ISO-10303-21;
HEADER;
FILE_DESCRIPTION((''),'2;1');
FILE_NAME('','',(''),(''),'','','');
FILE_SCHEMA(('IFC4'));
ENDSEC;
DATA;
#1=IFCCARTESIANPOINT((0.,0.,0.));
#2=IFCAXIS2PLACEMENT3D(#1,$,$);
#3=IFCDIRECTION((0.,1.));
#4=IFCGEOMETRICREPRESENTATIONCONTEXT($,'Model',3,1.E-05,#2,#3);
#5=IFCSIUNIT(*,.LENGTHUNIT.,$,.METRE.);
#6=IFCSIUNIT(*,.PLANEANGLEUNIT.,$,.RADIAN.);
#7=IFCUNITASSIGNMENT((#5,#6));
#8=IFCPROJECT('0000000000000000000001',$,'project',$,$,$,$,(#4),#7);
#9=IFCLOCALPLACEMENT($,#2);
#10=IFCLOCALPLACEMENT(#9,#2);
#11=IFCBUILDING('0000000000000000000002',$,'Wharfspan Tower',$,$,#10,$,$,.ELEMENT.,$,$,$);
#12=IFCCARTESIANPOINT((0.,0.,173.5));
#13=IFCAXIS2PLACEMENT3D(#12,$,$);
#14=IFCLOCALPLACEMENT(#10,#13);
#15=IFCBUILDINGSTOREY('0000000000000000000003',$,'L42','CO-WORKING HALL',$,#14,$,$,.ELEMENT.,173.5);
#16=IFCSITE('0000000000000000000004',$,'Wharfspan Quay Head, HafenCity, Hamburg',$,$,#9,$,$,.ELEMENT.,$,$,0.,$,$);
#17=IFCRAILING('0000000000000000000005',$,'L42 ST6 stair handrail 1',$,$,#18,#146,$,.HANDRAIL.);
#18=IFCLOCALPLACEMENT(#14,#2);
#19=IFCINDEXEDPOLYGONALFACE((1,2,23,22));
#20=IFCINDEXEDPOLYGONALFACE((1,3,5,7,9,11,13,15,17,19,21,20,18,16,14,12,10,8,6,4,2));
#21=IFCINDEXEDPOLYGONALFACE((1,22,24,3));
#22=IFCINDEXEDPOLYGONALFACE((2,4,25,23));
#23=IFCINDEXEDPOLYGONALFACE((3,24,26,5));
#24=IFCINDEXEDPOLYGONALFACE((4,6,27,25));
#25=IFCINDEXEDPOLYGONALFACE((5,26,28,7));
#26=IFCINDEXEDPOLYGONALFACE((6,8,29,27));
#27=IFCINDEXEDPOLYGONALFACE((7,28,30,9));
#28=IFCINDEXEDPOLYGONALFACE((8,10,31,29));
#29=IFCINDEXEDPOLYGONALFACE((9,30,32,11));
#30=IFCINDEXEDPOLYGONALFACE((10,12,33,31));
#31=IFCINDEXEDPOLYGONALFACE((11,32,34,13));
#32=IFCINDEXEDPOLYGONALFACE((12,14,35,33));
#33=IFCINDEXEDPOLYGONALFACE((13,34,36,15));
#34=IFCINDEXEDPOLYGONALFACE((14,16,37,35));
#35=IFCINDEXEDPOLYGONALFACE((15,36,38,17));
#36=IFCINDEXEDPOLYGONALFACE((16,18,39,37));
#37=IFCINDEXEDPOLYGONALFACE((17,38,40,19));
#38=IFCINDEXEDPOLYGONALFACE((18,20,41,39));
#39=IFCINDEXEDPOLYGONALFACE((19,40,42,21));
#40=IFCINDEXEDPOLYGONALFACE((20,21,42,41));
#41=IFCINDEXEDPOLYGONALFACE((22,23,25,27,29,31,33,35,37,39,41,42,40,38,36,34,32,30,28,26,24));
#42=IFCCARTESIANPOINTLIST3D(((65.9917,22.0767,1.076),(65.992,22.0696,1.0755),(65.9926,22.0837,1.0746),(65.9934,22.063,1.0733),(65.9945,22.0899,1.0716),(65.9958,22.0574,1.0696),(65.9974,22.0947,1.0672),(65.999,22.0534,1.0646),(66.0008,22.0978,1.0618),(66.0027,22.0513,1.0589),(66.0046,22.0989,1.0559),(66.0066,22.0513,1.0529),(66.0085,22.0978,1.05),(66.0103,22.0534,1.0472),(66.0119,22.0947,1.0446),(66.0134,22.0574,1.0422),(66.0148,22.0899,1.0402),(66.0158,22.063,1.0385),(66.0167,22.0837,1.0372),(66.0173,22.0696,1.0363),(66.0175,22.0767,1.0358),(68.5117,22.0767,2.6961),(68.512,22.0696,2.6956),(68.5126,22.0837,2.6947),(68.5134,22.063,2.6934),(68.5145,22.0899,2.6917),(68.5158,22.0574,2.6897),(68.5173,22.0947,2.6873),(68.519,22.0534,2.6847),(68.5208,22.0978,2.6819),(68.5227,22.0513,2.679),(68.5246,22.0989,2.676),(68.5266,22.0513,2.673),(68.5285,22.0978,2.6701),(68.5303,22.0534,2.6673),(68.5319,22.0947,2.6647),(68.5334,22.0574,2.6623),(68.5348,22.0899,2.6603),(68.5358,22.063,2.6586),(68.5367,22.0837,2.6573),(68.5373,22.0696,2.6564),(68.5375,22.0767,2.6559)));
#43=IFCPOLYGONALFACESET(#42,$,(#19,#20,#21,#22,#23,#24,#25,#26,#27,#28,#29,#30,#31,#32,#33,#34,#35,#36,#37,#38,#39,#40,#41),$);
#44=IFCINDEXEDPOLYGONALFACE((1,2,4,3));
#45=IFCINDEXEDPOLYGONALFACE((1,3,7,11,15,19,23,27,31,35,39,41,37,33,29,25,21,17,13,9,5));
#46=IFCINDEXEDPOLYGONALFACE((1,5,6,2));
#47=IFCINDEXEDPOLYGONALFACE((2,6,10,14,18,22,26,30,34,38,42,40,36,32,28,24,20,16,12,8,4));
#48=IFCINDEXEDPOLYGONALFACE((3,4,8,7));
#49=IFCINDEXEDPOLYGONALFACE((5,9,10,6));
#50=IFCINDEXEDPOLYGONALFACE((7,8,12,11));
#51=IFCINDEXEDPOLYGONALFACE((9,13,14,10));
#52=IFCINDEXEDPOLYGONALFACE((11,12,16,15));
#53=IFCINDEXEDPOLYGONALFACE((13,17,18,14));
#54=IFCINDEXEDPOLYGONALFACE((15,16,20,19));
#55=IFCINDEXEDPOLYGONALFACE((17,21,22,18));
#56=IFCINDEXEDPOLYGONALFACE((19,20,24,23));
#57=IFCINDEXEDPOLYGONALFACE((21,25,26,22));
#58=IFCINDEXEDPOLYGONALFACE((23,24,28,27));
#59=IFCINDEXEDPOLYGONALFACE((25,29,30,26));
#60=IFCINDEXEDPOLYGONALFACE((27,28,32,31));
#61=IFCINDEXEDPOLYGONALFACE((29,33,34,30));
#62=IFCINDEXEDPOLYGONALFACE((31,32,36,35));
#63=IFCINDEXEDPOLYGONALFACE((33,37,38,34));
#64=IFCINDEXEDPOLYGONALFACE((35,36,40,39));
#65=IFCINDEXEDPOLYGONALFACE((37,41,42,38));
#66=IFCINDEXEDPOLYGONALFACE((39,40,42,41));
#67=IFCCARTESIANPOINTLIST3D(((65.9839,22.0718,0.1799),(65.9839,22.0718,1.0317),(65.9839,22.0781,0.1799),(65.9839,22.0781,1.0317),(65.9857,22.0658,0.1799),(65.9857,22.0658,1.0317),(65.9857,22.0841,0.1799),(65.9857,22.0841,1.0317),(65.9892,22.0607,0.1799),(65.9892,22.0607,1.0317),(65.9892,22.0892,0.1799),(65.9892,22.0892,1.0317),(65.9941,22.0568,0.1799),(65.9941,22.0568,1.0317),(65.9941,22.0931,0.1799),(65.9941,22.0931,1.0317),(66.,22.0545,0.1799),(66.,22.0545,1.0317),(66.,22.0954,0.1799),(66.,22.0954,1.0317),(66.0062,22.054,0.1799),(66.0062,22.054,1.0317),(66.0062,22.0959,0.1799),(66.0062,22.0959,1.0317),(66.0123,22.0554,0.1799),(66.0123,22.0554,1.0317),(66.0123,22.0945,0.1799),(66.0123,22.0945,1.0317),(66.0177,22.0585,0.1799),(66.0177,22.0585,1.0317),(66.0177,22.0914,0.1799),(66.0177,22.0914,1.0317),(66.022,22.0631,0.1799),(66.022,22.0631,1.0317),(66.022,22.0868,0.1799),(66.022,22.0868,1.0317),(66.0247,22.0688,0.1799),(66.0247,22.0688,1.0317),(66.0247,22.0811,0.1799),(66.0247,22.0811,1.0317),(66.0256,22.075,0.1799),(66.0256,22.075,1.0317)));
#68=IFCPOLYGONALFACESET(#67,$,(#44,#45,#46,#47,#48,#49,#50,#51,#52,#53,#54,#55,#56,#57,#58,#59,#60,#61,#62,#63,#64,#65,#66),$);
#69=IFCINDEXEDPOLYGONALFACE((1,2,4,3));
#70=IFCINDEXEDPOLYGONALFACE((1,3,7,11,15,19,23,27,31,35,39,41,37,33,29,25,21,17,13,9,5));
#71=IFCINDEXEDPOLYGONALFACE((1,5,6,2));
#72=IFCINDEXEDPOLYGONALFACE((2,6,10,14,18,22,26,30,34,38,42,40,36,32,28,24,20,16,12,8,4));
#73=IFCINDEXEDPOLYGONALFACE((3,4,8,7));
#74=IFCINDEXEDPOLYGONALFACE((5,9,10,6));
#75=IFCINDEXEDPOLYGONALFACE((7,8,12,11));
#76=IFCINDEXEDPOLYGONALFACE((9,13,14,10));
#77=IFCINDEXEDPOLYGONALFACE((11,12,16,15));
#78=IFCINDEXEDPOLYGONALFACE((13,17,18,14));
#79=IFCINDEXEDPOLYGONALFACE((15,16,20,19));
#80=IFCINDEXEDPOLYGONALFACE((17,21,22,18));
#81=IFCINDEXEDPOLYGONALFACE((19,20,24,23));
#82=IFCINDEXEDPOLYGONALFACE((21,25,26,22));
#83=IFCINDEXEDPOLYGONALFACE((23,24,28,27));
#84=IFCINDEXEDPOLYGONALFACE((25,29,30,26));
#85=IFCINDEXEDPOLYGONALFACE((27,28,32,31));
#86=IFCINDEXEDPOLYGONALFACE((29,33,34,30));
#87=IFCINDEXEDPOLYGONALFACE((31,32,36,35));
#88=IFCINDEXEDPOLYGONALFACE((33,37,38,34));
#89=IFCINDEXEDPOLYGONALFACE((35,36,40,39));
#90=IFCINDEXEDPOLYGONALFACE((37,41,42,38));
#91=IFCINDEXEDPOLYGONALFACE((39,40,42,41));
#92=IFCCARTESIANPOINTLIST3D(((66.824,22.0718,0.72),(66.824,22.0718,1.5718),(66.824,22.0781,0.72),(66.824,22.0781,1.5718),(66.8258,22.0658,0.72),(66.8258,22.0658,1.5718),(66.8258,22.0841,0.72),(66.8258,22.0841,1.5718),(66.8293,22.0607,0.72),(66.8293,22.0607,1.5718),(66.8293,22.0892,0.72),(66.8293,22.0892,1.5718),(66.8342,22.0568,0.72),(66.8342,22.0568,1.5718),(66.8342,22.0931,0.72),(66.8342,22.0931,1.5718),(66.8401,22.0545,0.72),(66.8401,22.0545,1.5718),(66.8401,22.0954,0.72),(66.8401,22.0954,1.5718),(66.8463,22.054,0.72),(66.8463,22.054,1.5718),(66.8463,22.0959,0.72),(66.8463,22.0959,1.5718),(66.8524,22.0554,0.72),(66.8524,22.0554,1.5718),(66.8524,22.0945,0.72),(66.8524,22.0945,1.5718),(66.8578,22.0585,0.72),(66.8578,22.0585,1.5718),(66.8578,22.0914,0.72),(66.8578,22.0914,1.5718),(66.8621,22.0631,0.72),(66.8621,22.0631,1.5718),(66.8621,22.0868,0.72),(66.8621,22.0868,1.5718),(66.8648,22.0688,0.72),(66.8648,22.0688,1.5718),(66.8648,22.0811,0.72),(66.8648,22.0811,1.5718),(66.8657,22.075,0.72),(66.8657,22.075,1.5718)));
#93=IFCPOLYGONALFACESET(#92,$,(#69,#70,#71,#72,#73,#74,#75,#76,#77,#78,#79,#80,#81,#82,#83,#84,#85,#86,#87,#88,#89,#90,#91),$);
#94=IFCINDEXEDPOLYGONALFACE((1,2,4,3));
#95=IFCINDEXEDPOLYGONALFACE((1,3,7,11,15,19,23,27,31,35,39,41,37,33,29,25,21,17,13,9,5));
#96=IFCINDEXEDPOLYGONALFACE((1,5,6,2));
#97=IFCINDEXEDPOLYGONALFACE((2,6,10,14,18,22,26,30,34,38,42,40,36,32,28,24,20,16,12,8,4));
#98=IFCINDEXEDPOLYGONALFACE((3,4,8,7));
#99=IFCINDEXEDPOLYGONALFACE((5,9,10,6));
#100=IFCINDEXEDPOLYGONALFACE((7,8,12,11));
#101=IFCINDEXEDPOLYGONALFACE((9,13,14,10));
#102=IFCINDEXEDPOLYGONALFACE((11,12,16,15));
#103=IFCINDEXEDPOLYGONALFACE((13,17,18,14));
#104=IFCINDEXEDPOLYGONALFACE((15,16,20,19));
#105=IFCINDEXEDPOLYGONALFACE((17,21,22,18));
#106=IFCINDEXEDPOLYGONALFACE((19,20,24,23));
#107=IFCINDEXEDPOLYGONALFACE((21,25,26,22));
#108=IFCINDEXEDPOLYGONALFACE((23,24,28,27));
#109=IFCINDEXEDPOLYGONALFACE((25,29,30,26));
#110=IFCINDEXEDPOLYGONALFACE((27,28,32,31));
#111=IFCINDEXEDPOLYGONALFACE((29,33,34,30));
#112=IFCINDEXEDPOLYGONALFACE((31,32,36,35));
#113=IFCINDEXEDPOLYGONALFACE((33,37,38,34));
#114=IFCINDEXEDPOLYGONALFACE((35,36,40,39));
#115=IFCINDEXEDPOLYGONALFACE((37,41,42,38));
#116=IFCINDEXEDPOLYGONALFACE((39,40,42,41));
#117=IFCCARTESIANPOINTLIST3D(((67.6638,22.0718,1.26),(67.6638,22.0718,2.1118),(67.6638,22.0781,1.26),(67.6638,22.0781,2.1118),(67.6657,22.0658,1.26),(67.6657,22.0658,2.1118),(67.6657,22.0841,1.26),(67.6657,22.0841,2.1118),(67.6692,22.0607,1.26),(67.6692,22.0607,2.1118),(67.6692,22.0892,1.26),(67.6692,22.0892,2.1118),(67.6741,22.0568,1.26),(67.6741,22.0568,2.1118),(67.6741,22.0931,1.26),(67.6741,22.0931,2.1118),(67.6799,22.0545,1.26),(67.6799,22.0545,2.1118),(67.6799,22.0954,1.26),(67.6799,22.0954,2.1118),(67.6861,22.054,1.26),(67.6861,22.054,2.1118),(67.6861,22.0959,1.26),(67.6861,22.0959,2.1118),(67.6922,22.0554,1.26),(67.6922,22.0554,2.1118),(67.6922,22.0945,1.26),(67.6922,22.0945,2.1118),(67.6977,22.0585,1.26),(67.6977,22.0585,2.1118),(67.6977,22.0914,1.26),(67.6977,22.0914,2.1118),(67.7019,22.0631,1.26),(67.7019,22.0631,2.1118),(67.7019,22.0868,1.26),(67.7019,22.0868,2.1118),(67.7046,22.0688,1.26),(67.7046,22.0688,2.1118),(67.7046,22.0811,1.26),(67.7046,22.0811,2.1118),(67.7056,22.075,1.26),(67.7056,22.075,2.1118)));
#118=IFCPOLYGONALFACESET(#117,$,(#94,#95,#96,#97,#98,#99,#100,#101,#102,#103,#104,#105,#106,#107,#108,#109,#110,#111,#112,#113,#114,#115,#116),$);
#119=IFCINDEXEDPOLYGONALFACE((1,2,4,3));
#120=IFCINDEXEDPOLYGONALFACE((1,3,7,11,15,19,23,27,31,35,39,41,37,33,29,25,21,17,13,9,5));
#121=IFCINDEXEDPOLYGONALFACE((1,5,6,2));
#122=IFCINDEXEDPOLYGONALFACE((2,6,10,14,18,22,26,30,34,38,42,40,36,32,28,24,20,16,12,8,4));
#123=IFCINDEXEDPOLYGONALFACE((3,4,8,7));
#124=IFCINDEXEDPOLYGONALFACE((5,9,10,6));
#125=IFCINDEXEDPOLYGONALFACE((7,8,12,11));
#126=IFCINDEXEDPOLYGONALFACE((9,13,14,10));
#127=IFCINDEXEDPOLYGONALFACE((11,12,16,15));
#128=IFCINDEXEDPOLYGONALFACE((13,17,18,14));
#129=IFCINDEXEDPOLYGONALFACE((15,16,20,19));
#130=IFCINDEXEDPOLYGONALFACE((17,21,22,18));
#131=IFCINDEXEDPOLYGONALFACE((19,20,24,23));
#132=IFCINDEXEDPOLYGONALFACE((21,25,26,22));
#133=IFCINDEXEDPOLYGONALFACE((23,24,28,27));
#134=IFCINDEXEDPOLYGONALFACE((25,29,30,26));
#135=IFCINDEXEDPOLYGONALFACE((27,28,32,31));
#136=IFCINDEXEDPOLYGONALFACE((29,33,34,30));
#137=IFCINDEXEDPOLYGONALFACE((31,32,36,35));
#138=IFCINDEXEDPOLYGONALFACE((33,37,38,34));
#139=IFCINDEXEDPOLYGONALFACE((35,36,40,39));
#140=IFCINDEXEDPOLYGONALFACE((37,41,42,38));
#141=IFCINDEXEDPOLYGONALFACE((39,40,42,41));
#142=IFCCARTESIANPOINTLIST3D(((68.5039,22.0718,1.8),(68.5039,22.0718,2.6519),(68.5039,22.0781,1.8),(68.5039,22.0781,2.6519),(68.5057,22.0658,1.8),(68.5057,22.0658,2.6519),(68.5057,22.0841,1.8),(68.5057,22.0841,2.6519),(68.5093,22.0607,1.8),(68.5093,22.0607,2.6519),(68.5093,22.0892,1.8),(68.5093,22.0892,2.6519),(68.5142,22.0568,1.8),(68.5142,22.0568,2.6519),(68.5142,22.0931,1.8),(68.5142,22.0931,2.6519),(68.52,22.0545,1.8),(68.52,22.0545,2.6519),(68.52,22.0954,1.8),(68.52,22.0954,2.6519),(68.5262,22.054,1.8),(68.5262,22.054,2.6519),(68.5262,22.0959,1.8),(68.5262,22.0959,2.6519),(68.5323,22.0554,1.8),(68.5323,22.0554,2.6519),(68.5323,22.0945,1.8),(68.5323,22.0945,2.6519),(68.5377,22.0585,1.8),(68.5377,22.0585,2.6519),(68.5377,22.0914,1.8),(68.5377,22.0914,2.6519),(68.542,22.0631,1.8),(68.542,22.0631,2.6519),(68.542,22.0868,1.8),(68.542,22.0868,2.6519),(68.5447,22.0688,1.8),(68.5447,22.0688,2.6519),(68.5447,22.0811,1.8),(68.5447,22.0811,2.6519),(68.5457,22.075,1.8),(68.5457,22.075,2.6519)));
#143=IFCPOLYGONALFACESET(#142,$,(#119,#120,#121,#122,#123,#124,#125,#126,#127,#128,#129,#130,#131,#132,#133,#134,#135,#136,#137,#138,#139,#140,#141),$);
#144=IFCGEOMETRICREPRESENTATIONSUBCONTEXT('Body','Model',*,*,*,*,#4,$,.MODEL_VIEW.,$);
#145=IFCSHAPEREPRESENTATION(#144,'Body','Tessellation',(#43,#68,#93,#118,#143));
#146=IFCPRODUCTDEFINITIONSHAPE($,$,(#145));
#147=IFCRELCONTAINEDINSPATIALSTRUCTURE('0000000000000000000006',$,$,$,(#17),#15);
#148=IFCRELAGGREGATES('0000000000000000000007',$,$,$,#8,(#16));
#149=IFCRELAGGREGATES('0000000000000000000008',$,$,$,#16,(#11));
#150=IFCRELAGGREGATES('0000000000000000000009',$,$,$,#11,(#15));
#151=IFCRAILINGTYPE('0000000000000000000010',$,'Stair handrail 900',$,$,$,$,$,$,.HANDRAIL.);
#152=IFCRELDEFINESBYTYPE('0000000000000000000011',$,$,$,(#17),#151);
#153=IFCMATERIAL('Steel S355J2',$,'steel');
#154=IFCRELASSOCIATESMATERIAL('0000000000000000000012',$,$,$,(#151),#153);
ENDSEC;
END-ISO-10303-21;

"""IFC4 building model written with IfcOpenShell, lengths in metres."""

from ifc_helpers import new_model, si_unit, direction, frame, origin, origin_2d, place, context, subcontext, project, spatial, circle, extrude, material, type_object, element, save


model = new_model("IFC4")

# Units and contexts
model_context = context("Model", 3, precision=1e-05, world=origin(), true_north=direction((0.0, 1.0)))
body_context = subcontext(model_context, "Body", "Model", "MODEL_VIEW")
ifc_project = project(units=[si_unit("LENGTHUNIT", "METRE"), si_unit("PLANEANGLEUNIT", "RADIAN")], contexts=[model_context])

# Site, building, storey
site_placement = place(None, origin())
site = spatial("IfcSite", under=ifc_project, at=site_placement, Name="Wharfspan Quay Head, HafenCity, Hamburg", CompositionType="ELEMENT", RefElevation=0.0)
building_placement = place(site_placement, origin())
building = spatial("IfcBuilding", under=site, at=building_placement, Name="Wharfspan Tower", CompositionType="ELEMENT")
storey_placement = place(building_placement, frame((0.0, 0.0, 173.5)))
storey = spatial("IfcBuildingStorey", under=building, at=storey_placement, Name="L42", Description="CO-WORKING HALL", CompositionType="ELEMENT", Elevation=173.5)

# Shared definitions
ifc_material_1 = material(Name="Steel S355J2", Category="steel")

# Railing
railing_type_1 = type_object("IfcRailingType", Name="Stair handrail 900", PredefinedType="HANDRAIL", material=ifc_material_1)
railing_1_placement = place(storey_placement, frame((66.0046, 22.075, 0.1799)))
element("IfcRailing", 1, at=railing_1_placement, inside=storey, type_object=railing_type_1, Name="L42 ST6 stair handrail 1", PredefinedType="HANDRAIL", context=body_context, shape_type="SweptSolid", body=[
    extrude(circle(Radius=0.0239, at=origin_2d()), frame((0.0, 0.0, 0.876), z_axis=(0.841163, 0.0, 0.540782), x_axis=(0.0, 1.0, 0.0)), (0.0, 0.0, 1.0), 2.9958),
    extrude(circle(Radius=0.021, at=origin_2d()), origin(), (0.0, 0.0, 1.0), 0.8518),
    extrude(circle(Radius=0.021, at=origin_2d()), frame((0.8401, 0.0, 0.54)), (0.0, 0.0, 1.0), 0.8518),
    extrude(circle(Radius=0.021, at=origin_2d()), frame((1.6799, 0.0, 1.0801)), (0.0, 0.0, 1.0), 0.8518),
    extrude(circle(Radius=0.021, at=origin_2d()), frame((2.52, 0.0, 1.6201)), (0.0, 0.0, 1.0), 0.8518),
])

save(model, "model.ifc")
